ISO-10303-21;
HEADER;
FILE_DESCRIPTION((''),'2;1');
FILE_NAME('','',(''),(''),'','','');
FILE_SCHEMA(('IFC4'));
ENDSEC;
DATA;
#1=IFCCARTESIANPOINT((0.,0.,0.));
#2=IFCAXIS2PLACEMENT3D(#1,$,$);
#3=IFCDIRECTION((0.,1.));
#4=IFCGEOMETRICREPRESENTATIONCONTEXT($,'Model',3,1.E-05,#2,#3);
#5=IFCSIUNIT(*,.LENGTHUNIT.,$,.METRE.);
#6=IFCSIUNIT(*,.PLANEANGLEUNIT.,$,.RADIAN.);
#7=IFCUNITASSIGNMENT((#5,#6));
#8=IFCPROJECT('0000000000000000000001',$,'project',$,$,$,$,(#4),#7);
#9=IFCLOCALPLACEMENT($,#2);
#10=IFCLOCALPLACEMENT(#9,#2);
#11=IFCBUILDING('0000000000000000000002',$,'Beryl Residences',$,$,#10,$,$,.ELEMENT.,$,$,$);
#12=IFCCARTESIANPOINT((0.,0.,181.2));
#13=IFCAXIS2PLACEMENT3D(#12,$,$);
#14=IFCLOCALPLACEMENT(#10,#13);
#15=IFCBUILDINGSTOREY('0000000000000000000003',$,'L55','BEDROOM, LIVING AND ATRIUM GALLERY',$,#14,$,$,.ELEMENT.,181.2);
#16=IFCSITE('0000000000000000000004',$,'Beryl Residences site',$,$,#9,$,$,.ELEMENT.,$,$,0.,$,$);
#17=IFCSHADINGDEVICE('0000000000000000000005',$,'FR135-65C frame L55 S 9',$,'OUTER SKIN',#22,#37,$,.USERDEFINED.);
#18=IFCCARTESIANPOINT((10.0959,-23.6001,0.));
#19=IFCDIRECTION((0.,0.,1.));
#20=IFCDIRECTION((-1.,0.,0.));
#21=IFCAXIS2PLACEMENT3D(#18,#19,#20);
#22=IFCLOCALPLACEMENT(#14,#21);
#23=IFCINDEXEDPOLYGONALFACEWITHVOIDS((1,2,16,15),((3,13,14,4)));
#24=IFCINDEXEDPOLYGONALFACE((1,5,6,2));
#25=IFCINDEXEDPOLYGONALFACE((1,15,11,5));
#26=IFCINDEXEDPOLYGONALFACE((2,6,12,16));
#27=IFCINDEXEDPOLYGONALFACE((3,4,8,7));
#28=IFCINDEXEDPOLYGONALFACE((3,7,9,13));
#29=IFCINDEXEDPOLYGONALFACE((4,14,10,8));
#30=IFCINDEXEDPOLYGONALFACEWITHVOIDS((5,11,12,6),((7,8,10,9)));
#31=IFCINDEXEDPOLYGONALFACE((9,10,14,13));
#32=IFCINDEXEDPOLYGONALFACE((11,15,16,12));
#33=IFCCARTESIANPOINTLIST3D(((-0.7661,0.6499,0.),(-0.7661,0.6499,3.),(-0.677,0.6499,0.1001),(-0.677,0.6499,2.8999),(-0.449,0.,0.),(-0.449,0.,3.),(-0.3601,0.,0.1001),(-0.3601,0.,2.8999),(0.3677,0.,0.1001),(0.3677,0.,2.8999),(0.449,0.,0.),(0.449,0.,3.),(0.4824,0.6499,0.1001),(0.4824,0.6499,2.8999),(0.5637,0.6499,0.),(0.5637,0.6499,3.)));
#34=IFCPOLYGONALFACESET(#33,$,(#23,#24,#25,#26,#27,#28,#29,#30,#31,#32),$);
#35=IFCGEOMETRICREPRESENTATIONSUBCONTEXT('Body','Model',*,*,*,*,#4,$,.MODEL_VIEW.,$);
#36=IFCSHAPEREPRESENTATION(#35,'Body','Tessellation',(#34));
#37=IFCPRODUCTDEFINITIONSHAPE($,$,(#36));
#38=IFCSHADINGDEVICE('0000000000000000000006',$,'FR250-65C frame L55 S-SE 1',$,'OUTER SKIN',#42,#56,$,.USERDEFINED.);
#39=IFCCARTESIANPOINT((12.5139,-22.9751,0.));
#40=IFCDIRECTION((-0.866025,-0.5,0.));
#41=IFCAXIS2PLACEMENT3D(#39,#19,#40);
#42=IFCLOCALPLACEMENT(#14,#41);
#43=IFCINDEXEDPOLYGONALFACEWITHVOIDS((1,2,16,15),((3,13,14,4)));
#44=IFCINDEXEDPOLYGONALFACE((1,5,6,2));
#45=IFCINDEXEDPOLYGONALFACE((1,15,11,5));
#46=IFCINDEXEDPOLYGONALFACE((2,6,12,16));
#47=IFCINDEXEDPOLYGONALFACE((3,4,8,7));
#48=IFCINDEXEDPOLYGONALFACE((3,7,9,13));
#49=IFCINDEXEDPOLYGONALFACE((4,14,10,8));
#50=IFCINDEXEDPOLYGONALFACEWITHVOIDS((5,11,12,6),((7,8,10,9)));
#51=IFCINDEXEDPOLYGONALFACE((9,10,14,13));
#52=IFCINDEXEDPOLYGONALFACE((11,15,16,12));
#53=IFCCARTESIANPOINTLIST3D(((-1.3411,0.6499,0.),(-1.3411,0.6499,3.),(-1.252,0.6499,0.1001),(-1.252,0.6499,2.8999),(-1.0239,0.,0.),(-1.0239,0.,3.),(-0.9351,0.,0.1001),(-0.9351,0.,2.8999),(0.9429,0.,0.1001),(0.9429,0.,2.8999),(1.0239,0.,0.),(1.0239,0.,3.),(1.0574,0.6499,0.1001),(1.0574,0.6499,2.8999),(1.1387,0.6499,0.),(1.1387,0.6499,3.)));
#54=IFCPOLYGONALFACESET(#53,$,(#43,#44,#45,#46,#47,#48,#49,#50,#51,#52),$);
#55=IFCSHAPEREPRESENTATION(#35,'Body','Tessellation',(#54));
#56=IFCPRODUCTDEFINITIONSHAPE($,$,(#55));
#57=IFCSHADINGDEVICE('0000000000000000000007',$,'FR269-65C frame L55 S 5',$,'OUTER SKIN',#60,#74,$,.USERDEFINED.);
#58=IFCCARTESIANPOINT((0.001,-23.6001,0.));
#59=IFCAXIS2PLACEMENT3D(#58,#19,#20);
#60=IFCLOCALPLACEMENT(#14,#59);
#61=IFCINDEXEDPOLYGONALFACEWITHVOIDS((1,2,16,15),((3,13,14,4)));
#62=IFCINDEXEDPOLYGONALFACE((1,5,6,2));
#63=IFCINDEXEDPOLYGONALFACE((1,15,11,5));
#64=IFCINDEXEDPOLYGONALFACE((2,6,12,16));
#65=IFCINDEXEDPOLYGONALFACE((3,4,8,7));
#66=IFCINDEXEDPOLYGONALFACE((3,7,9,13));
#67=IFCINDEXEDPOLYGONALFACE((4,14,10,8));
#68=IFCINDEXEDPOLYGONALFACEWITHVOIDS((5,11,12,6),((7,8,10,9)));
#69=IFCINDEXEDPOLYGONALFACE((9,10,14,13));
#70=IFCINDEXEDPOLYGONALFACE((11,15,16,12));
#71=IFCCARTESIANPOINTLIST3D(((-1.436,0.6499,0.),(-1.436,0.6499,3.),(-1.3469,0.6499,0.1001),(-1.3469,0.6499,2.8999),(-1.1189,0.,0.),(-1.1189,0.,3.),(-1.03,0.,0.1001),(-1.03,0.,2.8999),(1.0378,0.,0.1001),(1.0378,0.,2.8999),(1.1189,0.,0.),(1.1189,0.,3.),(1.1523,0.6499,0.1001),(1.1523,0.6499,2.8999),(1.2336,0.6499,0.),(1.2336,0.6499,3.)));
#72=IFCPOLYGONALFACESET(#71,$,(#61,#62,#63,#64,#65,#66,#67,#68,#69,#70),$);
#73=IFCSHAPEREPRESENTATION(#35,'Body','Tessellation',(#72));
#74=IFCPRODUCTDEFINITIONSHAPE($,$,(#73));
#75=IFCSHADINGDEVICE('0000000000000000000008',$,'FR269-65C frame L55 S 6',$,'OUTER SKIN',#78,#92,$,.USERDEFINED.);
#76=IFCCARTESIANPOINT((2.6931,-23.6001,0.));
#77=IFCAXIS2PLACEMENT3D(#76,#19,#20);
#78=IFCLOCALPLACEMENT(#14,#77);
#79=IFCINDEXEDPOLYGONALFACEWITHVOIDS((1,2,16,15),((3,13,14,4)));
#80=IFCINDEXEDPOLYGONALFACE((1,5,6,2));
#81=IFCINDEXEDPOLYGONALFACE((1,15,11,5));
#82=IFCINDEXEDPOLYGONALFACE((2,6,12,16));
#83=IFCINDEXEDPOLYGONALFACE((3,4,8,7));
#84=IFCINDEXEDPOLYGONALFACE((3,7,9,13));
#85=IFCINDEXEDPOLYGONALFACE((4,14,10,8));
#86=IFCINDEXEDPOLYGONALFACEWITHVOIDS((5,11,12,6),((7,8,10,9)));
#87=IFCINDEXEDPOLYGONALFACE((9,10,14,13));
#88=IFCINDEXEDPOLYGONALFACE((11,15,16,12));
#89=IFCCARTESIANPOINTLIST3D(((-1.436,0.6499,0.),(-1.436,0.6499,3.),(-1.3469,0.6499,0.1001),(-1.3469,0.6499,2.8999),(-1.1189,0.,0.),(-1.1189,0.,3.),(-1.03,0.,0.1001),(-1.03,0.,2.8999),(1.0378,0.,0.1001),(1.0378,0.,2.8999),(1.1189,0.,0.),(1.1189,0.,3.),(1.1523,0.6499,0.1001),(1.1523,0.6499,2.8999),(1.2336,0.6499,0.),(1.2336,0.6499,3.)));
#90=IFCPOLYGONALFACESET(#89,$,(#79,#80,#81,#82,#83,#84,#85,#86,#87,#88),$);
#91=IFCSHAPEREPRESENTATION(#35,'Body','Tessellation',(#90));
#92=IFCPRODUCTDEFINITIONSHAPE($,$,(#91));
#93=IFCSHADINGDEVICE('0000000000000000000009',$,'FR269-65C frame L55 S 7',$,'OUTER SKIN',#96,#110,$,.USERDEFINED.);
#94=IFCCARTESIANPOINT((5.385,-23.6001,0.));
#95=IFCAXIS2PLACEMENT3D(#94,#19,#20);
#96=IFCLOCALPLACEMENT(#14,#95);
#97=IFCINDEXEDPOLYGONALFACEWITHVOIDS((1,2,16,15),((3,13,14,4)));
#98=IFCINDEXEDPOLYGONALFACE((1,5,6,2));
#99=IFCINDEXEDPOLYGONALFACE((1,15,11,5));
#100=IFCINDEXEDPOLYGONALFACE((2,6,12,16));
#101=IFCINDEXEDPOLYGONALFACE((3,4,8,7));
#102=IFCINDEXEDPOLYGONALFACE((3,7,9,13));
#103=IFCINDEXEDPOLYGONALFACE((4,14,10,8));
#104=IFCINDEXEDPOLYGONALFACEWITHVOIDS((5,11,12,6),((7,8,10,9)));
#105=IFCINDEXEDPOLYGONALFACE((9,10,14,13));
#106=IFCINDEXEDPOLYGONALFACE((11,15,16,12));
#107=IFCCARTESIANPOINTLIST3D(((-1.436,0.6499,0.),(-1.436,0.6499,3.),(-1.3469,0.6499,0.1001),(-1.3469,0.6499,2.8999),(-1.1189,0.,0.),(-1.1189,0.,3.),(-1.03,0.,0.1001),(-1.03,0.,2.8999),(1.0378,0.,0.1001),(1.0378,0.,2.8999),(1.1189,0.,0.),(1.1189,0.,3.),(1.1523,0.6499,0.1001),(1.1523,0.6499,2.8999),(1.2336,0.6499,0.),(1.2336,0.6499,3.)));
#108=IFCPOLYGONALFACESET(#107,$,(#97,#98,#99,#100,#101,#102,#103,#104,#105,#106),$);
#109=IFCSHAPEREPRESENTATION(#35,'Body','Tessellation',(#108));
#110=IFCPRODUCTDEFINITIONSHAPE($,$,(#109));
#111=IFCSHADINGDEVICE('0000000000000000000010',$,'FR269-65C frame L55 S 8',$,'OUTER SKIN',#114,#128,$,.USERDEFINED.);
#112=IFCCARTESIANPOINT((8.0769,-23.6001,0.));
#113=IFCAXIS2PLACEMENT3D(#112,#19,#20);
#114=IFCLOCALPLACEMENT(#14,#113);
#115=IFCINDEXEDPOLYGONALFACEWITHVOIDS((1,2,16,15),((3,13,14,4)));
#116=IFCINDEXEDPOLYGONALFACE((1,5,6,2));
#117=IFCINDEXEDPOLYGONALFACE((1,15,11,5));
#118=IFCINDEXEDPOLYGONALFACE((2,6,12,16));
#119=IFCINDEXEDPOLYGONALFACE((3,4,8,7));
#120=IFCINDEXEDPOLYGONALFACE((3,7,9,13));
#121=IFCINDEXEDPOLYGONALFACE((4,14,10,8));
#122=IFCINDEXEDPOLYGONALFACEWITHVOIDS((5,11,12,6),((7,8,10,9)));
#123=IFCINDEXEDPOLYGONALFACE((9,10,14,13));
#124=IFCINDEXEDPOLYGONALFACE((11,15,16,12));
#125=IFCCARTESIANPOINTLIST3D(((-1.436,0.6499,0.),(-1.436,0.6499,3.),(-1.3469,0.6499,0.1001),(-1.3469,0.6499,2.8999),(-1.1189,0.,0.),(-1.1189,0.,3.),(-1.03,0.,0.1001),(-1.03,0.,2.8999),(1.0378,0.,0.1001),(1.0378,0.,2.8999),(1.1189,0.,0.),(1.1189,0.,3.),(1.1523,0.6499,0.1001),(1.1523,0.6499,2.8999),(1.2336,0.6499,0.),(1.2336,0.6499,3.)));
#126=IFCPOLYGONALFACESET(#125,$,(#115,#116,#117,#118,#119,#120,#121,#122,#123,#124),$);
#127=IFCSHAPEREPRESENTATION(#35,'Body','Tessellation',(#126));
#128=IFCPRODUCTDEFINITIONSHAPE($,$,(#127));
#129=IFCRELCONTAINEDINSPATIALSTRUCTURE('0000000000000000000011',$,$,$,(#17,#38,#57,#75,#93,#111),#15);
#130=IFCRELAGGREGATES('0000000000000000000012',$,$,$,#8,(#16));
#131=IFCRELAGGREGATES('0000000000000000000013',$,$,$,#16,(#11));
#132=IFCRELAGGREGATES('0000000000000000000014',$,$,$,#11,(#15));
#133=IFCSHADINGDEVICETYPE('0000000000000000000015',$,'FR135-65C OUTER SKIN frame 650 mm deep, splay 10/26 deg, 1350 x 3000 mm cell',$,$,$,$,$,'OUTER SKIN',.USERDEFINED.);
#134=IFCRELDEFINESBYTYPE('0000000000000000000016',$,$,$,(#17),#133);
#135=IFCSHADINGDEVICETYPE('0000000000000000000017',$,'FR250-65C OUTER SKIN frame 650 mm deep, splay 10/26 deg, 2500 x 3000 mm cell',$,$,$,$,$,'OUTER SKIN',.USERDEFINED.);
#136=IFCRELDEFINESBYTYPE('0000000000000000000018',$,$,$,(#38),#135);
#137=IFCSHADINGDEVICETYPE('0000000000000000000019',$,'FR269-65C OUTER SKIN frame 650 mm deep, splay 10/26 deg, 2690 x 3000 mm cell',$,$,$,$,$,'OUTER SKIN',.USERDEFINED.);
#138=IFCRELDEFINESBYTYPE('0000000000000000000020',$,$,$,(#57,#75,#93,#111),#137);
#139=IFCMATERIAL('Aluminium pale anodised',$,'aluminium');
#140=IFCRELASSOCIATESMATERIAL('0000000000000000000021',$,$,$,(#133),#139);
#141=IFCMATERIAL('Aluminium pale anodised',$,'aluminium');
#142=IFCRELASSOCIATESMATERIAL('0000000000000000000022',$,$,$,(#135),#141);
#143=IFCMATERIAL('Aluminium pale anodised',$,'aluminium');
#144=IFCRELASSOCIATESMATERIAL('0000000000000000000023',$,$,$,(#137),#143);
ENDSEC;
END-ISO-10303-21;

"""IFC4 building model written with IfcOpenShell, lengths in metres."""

from ifc_helpers import new_model, entity, si_unit, direction, frame, origin, place, context, subcontext, project, spatial, source, transform, mapped, material, type_object, type_shapes, element, save


model = new_model("IFC4")

# Units and contexts
model_context = context("Model", 3, precision=1e-05, world=origin(), true_north=direction((0.0, 1.0)))
body_context = subcontext(model_context, "Body", "Model", "MODEL_VIEW")
ifc_project = project(units=[si_unit("LENGTHUNIT", "METRE"), si_unit("PLANEANGLEUNIT", "RADIAN")], contexts=[model_context])

# Site, building, storey
site_placement = place(None, origin())
site = spatial("IfcSite", under=ifc_project, at=site_placement, Name="Beryl Residences site", CompositionType="ELEMENT", RefElevation=0.0)
building_placement = place(site_placement, origin())
building = spatial("IfcBuilding", under=site, at=building_placement, Name="Beryl Residences", CompositionType="ELEMENT")
storey_placement = place(building_placement, frame((0.0, 0.0, 181.2)))
storey = spatial("IfcBuildingStorey", under=building, at=storey_placement, Name="L55", Description="BEDROOM, LIVING AND ATRIUM GALLERY", CompositionType="ELEMENT", Elevation=181.2)

# Shading devices
ifc_material_1 = material(Name="Aluminium pale anodised", Category="aluminium")
shading_device_type_1 = type_object("IfcShadingDeviceType", Name="FR135-65C OUTER SKIN frame 650 mm deep, splay 10/26 deg, 1350 x 3000 mm cell", ElementType="OUTER SKIN", PredefinedType="USERDEFINED", material=ifc_material_1)
cartesian_point_1 = entity("IfcCartesianPoint", [-0.449, 0.0])
cartesian_point_2 = entity("IfcCartesianPoint", [-0.3677, 0.1001])
cartesian_point_3 = entity("IfcCartesianPoint", [-0.5637, 0.0])
cartesian_point_4 = entity("IfcCartesianPoint", [-0.4824, 0.1001])
shared_shape_1 = source(origin(), body_context, "Body", "SweptSolid", [
    entity("IfcExtrudedAreaSolidTapered", entity("IfcArbitraryProfileDefWithVoids", "AREA", None, entity("IfcPolyline", [cartesian_point_1, entity("IfcCartesianPoint", [0.449, 0.0]), entity("IfcCartesianPoint", [0.449, 3.0]), entity("IfcCartesianPoint", [-0.449, 3.0]), cartesian_point_1]), [entity("IfcPolyline", [cartesian_point_2, entity("IfcCartesianPoint", [0.3601, 0.1001]), entity("IfcCartesianPoint", [0.3601, 2.8999]), entity("IfcCartesianPoint", [-0.3677, 2.8999]), cartesian_point_2])]), entity("IfcAxis2Placement3D", entity("IfcCartesianPoint", [0.0, 0.0, 0.0]), entity("IfcDirection", [0.0, 1.0, 0.0]), entity("IfcDirection", [-1.0, 0.0, 0.0])), entity("IfcDirection", [0.0, 0.0, 1.0]), 0.6499, entity("IfcArbitraryProfileDefWithVoids", "AREA", None, entity("IfcPolyline", [cartesian_point_3, entity("IfcCartesianPoint", [0.7661, 0.0]), entity("IfcCartesianPoint", [0.7661, 3.0]), entity("IfcCartesianPoint", [-0.5637, 3.0]), cartesian_point_3]), [entity("IfcPolyline", [cartesian_point_4, entity("IfcCartesianPoint", [0.677, 0.1001]), entity("IfcCartesianPoint", [0.677, 2.8999]), entity("IfcCartesianPoint", [-0.4824, 2.8999]), cartesian_point_4])])),
])
type_shapes(shading_device_type_1, [shared_shape_1])
shading_device_1_placement = place(storey_placement, frame((10.0959, -23.6001, 0.0), z_axis=(0.0, 0.0, 1.0), x_axis=(-1.0, 0.0, 0.0)))
element("IfcShadingDevice", 1, at=shading_device_1_placement, inside=storey, type_object=shading_device_type_1, Name="FR135-65C frame L55 S 9", ObjectType="OUTER SKIN", PredefinedType="USERDEFINED", context=body_context, shape_type="MappedRepresentation", body=[
    mapped(shared_shape_1, transform((0.0, 0.0, 0.0))),
])
ifc_material_2 = material(Name="Aluminium pale anodised", Category="aluminium")
shading_device_type_2 = type_object("IfcShadingDeviceType", Name="FR250-65C OUTER SKIN frame 650 mm deep, splay 10/26 deg, 2500 x 3000 mm cell", ElementType="OUTER SKIN", PredefinedType="USERDEFINED", material=ifc_material_2)
cartesian_point_5 = entity("IfcCartesianPoint", [-1.0239, 0.0])
cartesian_point_6 = entity("IfcCartesianPoint", [-0.9429, 0.1001])
cartesian_point_7 = entity("IfcCartesianPoint", [-1.1387, 0.0])
cartesian_point_8 = entity("IfcCartesianPoint", [-1.0574, 0.1001])
shared_shape_2 = source(origin(), body_context, "Body", "SweptSolid", [
    entity("IfcExtrudedAreaSolidTapered", entity("IfcArbitraryProfileDefWithVoids", "AREA", None, entity("IfcPolyline", [cartesian_point_5, entity("IfcCartesianPoint", [1.0239, 0.0]), entity("IfcCartesianPoint", [1.0239, 3.0]), entity("IfcCartesianPoint", [-1.0239, 3.0]), cartesian_point_5]), [entity("IfcPolyline", [cartesian_point_6, entity("IfcCartesianPoint", [0.9351, 0.1001]), entity("IfcCartesianPoint", [0.9351, 2.8999]), entity("IfcCartesianPoint", [-0.9429, 2.8999]), cartesian_point_6])]), entity("IfcAxis2Placement3D", entity("IfcCartesianPoint", [0.0, 0.0, 0.0]), entity("IfcDirection", [0.0, 1.0, 0.0]), entity("IfcDirection", [-1.0, 0.0, 0.0])), entity("IfcDirection", [0.0, 0.0, 1.0]), 0.6499, entity("IfcArbitraryProfileDefWithVoids", "AREA", None, entity("IfcPolyline", [cartesian_point_7, entity("IfcCartesianPoint", [1.3411, 0.0]), entity("IfcCartesianPoint", [1.3411, 3.0]), entity("IfcCartesianPoint", [-1.1387, 3.0]), cartesian_point_7]), [entity("IfcPolyline", [cartesian_point_8, entity("IfcCartesianPoint", [1.252, 0.1001]), entity("IfcCartesianPoint", [1.252, 2.8999]), entity("IfcCartesianPoint", [-1.0574, 2.8999]), cartesian_point_8])])),
])
type_shapes(shading_device_type_2, [shared_shape_2])
shading_device_2_placement = place(storey_placement, frame((12.5139, -22.9751, 0.0), z_axis=(0.0, 0.0, 1.0), x_axis=(-0.866025, -0.5, 0.0)))
element("IfcShadingDevice", 2, at=shading_device_2_placement, inside=storey, type_object=shading_device_type_2, Name="FR250-65C frame L55 S-SE 1", ObjectType="OUTER SKIN", PredefinedType="USERDEFINED", context=body_context, shape_type="MappedRepresentation", body=[
    mapped(shared_shape_2, transform((0.0, 0.0, 0.0))),
])
ifc_material_3 = material(Name="Aluminium pale anodised", Category="aluminium")
shading_device_type_3 = type_object("IfcShadingDeviceType", Name="FR269-65C OUTER SKIN frame 650 mm deep, splay 10/26 deg, 2690 x 3000 mm cell", ElementType="OUTER SKIN", PredefinedType="USERDEFINED", material=ifc_material_3)
cartesian_point_9 = entity("IfcCartesianPoint", [-1.1189, 0.0])
cartesian_point_10 = entity("IfcCartesianPoint", [-1.0378, 0.1001])
cartesian_point_11 = entity("IfcCartesianPoint", [-1.2336, 0.0])
cartesian_point_12 = entity("IfcCartesianPoint", [-1.1523, 0.1001])
shared_shape_3 = source(origin(), body_context, "Body", "SweptSolid", [
    entity("IfcExtrudedAreaSolidTapered", entity("IfcArbitraryProfileDefWithVoids", "AREA", None, entity("IfcPolyline", [cartesian_point_9, entity("IfcCartesianPoint", [1.1189, 0.0]), entity("IfcCartesianPoint", [1.1189, 3.0]), entity("IfcCartesianPoint", [-1.1189, 3.0]), cartesian_point_9]), [entity("IfcPolyline", [cartesian_point_10, entity("IfcCartesianPoint", [1.03, 0.1001]), entity("IfcCartesianPoint", [1.03, 2.8999]), entity("IfcCartesianPoint", [-1.0378, 2.8999]), cartesian_point_10])]), entity("IfcAxis2Placement3D", entity("IfcCartesianPoint", [0.0, 0.0, 0.0]), entity("IfcDirection", [0.0, 1.0, 0.0]), entity("IfcDirection", [-1.0, 0.0, 0.0])), entity("IfcDirection", [0.0, 0.0, 1.0]), 0.6499, entity("IfcArbitraryProfileDefWithVoids", "AREA", None, entity("IfcPolyline", [cartesian_point_11, entity("IfcCartesianPoint", [1.436, 0.0]), entity("IfcCartesianPoint", [1.436, 3.0]), entity("IfcCartesianPoint", [-1.2336, 3.0]), cartesian_point_11]), [entity("IfcPolyline", [cartesian_point_12, entity("IfcCartesianPoint", [1.3469, 0.1001]), entity("IfcCartesianPoint", [1.3469, 2.8999]), entity("IfcCartesianPoint", [-1.1523, 2.8999]), cartesian_point_12])])),
])
type_shapes(shading_device_type_3, [shared_shape_3])
for number, where, z_axis, x_axis, name in (
    (3, (0.001, -23.6001, 0.0), (0.0, 0.0, 1.0), (-1.0, 0.0, 0.0), "FR269-65C frame L55 S 5"),
    (4, (2.6931, -23.6001, 0.0), (0.0, 0.0, 1.0), (-1.0, 0.0, 0.0), "FR269-65C frame L55 S 6"),
    (5, (5.385, -23.6001, 0.0), (0.0, 0.0, 1.0), (-1.0, 0.0, 0.0), "FR269-65C frame L55 S 7"),
    (6, (8.0769, -23.6001, 0.0), (0.0, 0.0, 1.0), (-1.0, 0.0, 0.0), "FR269-65C frame L55 S 8"),
):
    element("IfcShadingDevice", number, at=place(storey_placement, frame(where, z_axis=z_axis, x_axis=x_axis)), inside=storey, type_object=shading_device_type_3, Name=name, ObjectType="OUTER SKIN", PredefinedType="USERDEFINED", context=body_context, shape_type="MappedRepresentation", body=[
        mapped(shared_shape_3, transform((0.0, 0.0, 0.0))),
    ])

save(model, "model.ifc")
